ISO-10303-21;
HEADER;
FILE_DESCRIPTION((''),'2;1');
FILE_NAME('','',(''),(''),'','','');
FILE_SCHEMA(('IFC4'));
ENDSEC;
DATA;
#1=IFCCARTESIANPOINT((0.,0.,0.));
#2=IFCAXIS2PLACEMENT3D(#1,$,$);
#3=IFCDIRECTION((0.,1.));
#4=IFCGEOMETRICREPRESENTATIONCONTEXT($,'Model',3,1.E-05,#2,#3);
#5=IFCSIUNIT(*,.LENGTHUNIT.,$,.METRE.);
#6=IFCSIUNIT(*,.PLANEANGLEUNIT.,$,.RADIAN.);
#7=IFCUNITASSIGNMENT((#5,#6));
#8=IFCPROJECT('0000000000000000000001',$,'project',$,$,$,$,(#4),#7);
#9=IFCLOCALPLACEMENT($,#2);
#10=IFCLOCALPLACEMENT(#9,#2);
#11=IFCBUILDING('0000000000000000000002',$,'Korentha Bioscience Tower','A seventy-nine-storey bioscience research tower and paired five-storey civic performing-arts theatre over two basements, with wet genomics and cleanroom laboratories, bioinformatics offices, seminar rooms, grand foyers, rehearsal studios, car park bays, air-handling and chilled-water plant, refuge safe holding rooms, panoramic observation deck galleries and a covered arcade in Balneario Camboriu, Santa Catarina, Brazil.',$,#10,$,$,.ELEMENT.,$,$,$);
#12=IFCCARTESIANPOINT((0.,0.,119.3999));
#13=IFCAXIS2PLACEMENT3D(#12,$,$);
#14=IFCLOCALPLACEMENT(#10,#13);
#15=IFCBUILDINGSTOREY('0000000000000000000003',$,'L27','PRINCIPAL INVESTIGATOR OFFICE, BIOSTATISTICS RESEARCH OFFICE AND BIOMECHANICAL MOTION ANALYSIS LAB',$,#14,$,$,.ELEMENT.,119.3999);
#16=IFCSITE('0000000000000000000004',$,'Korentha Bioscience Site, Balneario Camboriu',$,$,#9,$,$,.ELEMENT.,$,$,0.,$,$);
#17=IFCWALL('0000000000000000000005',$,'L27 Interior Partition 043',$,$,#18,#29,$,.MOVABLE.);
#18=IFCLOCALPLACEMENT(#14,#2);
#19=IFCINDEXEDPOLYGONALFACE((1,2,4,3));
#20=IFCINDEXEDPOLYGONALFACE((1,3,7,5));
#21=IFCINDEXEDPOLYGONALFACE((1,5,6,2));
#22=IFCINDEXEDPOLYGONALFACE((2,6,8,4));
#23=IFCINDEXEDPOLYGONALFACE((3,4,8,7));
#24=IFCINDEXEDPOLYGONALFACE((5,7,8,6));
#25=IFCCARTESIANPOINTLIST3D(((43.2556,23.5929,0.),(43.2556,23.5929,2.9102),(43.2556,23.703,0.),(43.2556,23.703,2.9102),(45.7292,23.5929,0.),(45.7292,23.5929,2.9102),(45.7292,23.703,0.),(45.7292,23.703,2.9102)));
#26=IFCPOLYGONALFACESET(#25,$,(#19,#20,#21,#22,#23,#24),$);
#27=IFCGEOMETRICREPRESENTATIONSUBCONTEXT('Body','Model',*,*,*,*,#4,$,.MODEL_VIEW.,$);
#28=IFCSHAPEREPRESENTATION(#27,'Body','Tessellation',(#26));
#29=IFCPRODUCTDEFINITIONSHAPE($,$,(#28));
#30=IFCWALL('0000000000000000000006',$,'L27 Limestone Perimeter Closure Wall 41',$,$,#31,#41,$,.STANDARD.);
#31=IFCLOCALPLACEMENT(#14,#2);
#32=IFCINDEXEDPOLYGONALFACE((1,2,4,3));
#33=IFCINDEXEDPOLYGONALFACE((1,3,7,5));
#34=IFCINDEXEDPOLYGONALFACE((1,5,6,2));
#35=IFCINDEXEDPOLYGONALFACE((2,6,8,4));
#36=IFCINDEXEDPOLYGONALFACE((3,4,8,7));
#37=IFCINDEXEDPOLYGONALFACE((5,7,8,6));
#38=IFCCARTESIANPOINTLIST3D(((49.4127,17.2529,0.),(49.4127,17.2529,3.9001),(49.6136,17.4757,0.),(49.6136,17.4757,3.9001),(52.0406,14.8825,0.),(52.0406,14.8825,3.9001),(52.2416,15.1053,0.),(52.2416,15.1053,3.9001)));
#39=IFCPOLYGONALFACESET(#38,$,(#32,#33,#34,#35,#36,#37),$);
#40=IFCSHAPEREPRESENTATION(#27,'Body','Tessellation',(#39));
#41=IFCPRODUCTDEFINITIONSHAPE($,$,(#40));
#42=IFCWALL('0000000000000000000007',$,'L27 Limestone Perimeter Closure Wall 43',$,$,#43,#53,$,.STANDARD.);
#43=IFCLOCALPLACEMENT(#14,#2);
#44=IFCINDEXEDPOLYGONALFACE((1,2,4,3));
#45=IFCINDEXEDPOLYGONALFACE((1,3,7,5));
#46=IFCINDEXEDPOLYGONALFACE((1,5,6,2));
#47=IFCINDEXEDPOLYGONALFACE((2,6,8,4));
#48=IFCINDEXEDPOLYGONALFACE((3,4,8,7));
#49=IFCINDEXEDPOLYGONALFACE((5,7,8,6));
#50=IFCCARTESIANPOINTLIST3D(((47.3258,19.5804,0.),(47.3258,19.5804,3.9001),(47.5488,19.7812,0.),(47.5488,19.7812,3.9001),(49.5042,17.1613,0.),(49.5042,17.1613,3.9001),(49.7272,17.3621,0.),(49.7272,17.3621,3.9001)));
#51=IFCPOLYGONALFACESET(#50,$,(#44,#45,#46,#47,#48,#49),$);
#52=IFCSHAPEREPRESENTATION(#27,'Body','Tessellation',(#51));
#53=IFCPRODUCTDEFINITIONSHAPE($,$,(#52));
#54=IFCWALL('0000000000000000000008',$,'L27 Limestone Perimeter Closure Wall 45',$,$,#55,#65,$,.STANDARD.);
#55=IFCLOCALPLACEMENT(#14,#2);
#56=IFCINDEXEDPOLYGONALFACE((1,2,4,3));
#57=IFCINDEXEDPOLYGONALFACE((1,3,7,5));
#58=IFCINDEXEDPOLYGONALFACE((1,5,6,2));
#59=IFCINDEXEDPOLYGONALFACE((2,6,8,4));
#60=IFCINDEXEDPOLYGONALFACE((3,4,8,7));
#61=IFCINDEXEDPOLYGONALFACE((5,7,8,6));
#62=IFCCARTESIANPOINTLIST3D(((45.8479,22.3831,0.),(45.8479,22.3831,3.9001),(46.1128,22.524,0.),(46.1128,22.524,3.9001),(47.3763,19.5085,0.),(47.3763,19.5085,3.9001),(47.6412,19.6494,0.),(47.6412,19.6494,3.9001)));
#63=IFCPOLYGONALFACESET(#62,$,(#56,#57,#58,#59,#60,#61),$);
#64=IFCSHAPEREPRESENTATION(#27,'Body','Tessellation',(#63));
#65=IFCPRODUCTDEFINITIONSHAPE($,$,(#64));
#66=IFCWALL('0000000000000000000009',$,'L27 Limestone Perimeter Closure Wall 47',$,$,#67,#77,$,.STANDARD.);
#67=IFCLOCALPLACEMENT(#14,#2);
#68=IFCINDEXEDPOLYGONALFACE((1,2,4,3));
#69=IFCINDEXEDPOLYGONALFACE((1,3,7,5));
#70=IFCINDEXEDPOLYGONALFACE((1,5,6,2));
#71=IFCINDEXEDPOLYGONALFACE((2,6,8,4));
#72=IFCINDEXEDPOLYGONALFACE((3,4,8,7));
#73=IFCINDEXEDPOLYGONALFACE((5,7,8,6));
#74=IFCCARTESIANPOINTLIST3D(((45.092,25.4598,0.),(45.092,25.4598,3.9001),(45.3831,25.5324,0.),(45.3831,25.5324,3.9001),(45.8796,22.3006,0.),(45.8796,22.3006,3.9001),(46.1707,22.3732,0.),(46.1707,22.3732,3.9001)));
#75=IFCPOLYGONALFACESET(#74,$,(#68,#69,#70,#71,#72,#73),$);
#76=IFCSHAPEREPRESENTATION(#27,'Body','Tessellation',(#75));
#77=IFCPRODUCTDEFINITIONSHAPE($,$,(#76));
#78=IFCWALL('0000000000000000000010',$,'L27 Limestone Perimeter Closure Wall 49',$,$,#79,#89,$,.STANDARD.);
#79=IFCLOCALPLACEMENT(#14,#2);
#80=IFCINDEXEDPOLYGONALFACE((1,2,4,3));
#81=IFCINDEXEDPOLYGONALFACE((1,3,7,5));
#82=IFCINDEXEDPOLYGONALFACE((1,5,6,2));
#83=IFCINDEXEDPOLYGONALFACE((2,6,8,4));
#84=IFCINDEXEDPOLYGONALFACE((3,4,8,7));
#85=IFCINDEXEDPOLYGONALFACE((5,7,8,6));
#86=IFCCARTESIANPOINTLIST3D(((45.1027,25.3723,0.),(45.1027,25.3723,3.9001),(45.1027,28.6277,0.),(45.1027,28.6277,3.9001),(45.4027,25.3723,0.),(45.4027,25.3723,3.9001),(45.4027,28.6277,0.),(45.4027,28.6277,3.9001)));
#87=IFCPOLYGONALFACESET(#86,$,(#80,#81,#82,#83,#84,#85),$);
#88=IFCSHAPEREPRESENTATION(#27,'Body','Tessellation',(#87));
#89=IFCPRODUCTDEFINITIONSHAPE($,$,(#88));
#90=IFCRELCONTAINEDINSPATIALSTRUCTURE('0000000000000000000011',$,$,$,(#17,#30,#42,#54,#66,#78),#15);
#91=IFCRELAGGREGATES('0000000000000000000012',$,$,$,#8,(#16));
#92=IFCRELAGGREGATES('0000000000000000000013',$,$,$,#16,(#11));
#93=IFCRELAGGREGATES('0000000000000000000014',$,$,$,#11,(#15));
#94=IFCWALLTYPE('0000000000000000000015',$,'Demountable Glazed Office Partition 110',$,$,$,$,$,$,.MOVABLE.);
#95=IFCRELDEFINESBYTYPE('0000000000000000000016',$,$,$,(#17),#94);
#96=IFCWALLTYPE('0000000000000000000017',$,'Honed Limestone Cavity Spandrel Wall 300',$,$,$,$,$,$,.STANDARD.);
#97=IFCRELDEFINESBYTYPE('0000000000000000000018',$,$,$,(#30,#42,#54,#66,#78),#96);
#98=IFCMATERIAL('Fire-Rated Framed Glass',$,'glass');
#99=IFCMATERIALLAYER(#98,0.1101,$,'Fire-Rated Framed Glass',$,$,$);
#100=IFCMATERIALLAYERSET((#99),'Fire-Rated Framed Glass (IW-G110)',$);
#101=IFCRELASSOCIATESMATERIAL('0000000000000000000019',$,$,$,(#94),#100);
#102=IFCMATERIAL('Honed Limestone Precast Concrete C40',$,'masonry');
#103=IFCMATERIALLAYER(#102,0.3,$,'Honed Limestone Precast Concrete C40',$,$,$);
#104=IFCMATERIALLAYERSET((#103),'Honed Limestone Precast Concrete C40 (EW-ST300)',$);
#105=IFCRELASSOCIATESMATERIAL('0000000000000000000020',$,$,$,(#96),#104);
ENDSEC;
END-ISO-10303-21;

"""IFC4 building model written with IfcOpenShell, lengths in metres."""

from ifc_helpers import new_model, si_unit, direction, frame, frame_2d, origin, place, context, subcontext, project, spatial, rectangle, extrude, material, layer, layer_set, type_object, element, save


model = new_model("IFC4")

# Units and contexts
model_context = context("Model", 3, precision=1e-05, world=origin(), true_north=direction((0.0, 1.0)))
body_context = subcontext(model_context, "Body", "Model", "MODEL_VIEW")
ifc_project = project(units=[si_unit("LENGTHUNIT", "METRE"), si_unit("PLANEANGLEUNIT", "RADIAN")], contexts=[model_context])

# Site, building, storey
site_placement = place(None, origin())
site = spatial("IfcSite", under=ifc_project, at=site_placement, Name="Korentha Bioscience Site, Balneario Camboriu", CompositionType="ELEMENT", RefElevation=0.0)
building_placement = place(site_placement, origin())
building = spatial("IfcBuilding", under=site, at=building_placement, Name="Korentha Bioscience Tower", Description="A seventy-nine-storey bioscience research tower and paired five-storey civic performing-arts theatre over two basements, with wet genomics and cleanroom laboratories, bioinformatics offices, seminar rooms, grand foyers, rehearsal studios, car park bays, air-handling and chilled-water plant, refuge safe holding rooms, panoramic observation deck galleries and a covered arcade in Balneario Camboriu, Santa Catarina, Brazil.", CompositionType="ELEMENT")
storey_placement = place(building_placement, frame((0.0, 0.0, 119.3999)))
storey = spatial("IfcBuildingStorey", under=building, at=storey_placement, Name="L27", Description="PRINCIPAL INVESTIGATOR OFFICE, BIOSTATISTICS RESEARCH OFFICE AND BIOMECHANICAL MOTION ANALYSIS LAB", CompositionType="ELEMENT", Elevation=119.3999)

# Shared definitions
ifc_material_1 = material(Name="Fire-Rated Framed Glass", Category="glass")
ifc_layer_1 = layer(ifc_material_1, 0.1101, Name="Fire-Rated Framed Glass")
ifc_layer_set_1 = layer_set([ifc_layer_1], Name="Fire-Rated Framed Glass (IW-G110)")
wall_type_1 = type_object("IfcWallType", Name="Demountable Glazed Office Partition 110", PredefinedType="MOVABLE", material=ifc_layer_set_1)

# Walls
wall_1_placement = place(storey_placement, frame((43.2556, 23.6479, 0.0), z_axis=(0.0, 0.0, 1.0), x_axis=(1.0, 0.0, 0.0)))
element("IfcWall", 1, at=wall_1_placement, inside=storey, type_object=wall_type_1, Name="L27 Interior Partition 043", PredefinedType="MOVABLE", context=body_context, shape_type="SweptSolid", body=[
    extrude(rectangle(XDim=2.4736, YDim=0.1101, at=frame_2d((1.2368, 0.0))), origin(), (0.0, 0.0, 1.0), 2.9102),
])
ifc_material_2 = material(Name="Honed Limestone Precast Concrete C40", Category="masonry")
ifc_layer_2 = layer(ifc_material_2, 0.3, Name="Honed Limestone Precast Concrete C40")
ifc_layer_set_2 = layer_set([ifc_layer_2], Name="Honed Limestone Precast Concrete C40 (EW-ST300)")
wall_type_2 = type_object("IfcWallType", Name="Honed Limestone Cavity Spandrel Wall 300", PredefinedType="STANDARD", material=ifc_layer_set_2)
wall_2_placement = place(storey_placement, frame((52.1411, 14.9939, 0.0), z_axis=(0.0, 0.0, 1.0), x_axis=(-0.74256, 0.66978, 0.0)))
element("IfcWall", 2, at=wall_2_placement, inside=storey, type_object=wall_type_2, Name="L27 Limestone Perimeter Closure Wall 41", PredefinedType="STANDARD", context=body_context, shape_type="SweptSolid", body=[
    extrude(rectangle(XDim=3.5391, YDim=0.3, at=frame_2d((1.7695, 0.0))), origin(), (0.0, 0.0, 1.0), 3.9001),
])
wall_3_placement = place(storey_placement, frame((49.6157, 17.2617, 0.0), z_axis=(0.0, 0.0, 1.0), x_axis=(-0.669168, 0.743111, 0.0)))
element("IfcWall", 3, at=wall_3_placement, inside=storey, type_object=wall_type_2, Name="L27 Limestone Perimeter Closure Wall 43", PredefinedType="STANDARD", context=body_context, shape_type="SweptSolid", body=[
    extrude(rectangle(XDim=3.2554, YDim=0.3, at=frame_2d((1.6277, 0.0))), origin(), (0.0, 0.0, 1.0), 3.9001),
])
wall_4_placement = place(storey_placement, frame((47.5088, 19.5789, 0.0), z_axis=(0.0, 0.0, 1.0), x_axis=(-0.469451, 0.882958, 0.0)))
element("IfcWall", 4, at=wall_4_placement, inside=storey, type_object=wall_type_2, Name="L27 Limestone Perimeter Closure Wall 45", PredefinedType="STANDARD", context=body_context, shape_type="SweptSolid", body=[
    extrude(rectangle(XDim=3.2556, YDim=0.3, at=frame_2d((1.6279, 0.0))), origin(), (0.0, 0.0, 1.0), 3.9001),
])
wall_5_placement = place(storey_placement, frame((46.0251, 22.3369, 0.0), z_axis=(0.0, 0.0, 1.0), x_axis=(-0.2419, 0.970301, 0.0)))
element("IfcWall", 5, at=wall_5_placement, inside=storey, type_object=wall_type_2, Name="L27 Limestone Perimeter Closure Wall 47", PredefinedType="STANDARD", context=body_context, shape_type="SweptSolid", body=[
    extrude(rectangle(XDim=3.2559, YDim=0.3, at=frame_2d((1.6279, 0.0))), origin(), (0.0, 0.0, 1.0), 3.9001),
])
wall_6_placement = place(storey_placement, frame((45.2527, 25.3723, 0.0), z_axis=(0.0, 0.0, 1.0), x_axis=(0.0, 1.0, 0.0)))
element("IfcWall", 6, at=wall_6_placement, inside=storey, type_object=wall_type_2, Name="L27 Limestone Perimeter Closure Wall 49", PredefinedType="STANDARD", context=body_context, shape_type="SweptSolid", body=[
    extrude(rectangle(XDim=3.2554, YDim=0.3, at=frame_2d((1.6277, 0.0))), origin(), (0.0, 0.0, 1.0), 3.9001),
])

save(model, "model.ifc")
